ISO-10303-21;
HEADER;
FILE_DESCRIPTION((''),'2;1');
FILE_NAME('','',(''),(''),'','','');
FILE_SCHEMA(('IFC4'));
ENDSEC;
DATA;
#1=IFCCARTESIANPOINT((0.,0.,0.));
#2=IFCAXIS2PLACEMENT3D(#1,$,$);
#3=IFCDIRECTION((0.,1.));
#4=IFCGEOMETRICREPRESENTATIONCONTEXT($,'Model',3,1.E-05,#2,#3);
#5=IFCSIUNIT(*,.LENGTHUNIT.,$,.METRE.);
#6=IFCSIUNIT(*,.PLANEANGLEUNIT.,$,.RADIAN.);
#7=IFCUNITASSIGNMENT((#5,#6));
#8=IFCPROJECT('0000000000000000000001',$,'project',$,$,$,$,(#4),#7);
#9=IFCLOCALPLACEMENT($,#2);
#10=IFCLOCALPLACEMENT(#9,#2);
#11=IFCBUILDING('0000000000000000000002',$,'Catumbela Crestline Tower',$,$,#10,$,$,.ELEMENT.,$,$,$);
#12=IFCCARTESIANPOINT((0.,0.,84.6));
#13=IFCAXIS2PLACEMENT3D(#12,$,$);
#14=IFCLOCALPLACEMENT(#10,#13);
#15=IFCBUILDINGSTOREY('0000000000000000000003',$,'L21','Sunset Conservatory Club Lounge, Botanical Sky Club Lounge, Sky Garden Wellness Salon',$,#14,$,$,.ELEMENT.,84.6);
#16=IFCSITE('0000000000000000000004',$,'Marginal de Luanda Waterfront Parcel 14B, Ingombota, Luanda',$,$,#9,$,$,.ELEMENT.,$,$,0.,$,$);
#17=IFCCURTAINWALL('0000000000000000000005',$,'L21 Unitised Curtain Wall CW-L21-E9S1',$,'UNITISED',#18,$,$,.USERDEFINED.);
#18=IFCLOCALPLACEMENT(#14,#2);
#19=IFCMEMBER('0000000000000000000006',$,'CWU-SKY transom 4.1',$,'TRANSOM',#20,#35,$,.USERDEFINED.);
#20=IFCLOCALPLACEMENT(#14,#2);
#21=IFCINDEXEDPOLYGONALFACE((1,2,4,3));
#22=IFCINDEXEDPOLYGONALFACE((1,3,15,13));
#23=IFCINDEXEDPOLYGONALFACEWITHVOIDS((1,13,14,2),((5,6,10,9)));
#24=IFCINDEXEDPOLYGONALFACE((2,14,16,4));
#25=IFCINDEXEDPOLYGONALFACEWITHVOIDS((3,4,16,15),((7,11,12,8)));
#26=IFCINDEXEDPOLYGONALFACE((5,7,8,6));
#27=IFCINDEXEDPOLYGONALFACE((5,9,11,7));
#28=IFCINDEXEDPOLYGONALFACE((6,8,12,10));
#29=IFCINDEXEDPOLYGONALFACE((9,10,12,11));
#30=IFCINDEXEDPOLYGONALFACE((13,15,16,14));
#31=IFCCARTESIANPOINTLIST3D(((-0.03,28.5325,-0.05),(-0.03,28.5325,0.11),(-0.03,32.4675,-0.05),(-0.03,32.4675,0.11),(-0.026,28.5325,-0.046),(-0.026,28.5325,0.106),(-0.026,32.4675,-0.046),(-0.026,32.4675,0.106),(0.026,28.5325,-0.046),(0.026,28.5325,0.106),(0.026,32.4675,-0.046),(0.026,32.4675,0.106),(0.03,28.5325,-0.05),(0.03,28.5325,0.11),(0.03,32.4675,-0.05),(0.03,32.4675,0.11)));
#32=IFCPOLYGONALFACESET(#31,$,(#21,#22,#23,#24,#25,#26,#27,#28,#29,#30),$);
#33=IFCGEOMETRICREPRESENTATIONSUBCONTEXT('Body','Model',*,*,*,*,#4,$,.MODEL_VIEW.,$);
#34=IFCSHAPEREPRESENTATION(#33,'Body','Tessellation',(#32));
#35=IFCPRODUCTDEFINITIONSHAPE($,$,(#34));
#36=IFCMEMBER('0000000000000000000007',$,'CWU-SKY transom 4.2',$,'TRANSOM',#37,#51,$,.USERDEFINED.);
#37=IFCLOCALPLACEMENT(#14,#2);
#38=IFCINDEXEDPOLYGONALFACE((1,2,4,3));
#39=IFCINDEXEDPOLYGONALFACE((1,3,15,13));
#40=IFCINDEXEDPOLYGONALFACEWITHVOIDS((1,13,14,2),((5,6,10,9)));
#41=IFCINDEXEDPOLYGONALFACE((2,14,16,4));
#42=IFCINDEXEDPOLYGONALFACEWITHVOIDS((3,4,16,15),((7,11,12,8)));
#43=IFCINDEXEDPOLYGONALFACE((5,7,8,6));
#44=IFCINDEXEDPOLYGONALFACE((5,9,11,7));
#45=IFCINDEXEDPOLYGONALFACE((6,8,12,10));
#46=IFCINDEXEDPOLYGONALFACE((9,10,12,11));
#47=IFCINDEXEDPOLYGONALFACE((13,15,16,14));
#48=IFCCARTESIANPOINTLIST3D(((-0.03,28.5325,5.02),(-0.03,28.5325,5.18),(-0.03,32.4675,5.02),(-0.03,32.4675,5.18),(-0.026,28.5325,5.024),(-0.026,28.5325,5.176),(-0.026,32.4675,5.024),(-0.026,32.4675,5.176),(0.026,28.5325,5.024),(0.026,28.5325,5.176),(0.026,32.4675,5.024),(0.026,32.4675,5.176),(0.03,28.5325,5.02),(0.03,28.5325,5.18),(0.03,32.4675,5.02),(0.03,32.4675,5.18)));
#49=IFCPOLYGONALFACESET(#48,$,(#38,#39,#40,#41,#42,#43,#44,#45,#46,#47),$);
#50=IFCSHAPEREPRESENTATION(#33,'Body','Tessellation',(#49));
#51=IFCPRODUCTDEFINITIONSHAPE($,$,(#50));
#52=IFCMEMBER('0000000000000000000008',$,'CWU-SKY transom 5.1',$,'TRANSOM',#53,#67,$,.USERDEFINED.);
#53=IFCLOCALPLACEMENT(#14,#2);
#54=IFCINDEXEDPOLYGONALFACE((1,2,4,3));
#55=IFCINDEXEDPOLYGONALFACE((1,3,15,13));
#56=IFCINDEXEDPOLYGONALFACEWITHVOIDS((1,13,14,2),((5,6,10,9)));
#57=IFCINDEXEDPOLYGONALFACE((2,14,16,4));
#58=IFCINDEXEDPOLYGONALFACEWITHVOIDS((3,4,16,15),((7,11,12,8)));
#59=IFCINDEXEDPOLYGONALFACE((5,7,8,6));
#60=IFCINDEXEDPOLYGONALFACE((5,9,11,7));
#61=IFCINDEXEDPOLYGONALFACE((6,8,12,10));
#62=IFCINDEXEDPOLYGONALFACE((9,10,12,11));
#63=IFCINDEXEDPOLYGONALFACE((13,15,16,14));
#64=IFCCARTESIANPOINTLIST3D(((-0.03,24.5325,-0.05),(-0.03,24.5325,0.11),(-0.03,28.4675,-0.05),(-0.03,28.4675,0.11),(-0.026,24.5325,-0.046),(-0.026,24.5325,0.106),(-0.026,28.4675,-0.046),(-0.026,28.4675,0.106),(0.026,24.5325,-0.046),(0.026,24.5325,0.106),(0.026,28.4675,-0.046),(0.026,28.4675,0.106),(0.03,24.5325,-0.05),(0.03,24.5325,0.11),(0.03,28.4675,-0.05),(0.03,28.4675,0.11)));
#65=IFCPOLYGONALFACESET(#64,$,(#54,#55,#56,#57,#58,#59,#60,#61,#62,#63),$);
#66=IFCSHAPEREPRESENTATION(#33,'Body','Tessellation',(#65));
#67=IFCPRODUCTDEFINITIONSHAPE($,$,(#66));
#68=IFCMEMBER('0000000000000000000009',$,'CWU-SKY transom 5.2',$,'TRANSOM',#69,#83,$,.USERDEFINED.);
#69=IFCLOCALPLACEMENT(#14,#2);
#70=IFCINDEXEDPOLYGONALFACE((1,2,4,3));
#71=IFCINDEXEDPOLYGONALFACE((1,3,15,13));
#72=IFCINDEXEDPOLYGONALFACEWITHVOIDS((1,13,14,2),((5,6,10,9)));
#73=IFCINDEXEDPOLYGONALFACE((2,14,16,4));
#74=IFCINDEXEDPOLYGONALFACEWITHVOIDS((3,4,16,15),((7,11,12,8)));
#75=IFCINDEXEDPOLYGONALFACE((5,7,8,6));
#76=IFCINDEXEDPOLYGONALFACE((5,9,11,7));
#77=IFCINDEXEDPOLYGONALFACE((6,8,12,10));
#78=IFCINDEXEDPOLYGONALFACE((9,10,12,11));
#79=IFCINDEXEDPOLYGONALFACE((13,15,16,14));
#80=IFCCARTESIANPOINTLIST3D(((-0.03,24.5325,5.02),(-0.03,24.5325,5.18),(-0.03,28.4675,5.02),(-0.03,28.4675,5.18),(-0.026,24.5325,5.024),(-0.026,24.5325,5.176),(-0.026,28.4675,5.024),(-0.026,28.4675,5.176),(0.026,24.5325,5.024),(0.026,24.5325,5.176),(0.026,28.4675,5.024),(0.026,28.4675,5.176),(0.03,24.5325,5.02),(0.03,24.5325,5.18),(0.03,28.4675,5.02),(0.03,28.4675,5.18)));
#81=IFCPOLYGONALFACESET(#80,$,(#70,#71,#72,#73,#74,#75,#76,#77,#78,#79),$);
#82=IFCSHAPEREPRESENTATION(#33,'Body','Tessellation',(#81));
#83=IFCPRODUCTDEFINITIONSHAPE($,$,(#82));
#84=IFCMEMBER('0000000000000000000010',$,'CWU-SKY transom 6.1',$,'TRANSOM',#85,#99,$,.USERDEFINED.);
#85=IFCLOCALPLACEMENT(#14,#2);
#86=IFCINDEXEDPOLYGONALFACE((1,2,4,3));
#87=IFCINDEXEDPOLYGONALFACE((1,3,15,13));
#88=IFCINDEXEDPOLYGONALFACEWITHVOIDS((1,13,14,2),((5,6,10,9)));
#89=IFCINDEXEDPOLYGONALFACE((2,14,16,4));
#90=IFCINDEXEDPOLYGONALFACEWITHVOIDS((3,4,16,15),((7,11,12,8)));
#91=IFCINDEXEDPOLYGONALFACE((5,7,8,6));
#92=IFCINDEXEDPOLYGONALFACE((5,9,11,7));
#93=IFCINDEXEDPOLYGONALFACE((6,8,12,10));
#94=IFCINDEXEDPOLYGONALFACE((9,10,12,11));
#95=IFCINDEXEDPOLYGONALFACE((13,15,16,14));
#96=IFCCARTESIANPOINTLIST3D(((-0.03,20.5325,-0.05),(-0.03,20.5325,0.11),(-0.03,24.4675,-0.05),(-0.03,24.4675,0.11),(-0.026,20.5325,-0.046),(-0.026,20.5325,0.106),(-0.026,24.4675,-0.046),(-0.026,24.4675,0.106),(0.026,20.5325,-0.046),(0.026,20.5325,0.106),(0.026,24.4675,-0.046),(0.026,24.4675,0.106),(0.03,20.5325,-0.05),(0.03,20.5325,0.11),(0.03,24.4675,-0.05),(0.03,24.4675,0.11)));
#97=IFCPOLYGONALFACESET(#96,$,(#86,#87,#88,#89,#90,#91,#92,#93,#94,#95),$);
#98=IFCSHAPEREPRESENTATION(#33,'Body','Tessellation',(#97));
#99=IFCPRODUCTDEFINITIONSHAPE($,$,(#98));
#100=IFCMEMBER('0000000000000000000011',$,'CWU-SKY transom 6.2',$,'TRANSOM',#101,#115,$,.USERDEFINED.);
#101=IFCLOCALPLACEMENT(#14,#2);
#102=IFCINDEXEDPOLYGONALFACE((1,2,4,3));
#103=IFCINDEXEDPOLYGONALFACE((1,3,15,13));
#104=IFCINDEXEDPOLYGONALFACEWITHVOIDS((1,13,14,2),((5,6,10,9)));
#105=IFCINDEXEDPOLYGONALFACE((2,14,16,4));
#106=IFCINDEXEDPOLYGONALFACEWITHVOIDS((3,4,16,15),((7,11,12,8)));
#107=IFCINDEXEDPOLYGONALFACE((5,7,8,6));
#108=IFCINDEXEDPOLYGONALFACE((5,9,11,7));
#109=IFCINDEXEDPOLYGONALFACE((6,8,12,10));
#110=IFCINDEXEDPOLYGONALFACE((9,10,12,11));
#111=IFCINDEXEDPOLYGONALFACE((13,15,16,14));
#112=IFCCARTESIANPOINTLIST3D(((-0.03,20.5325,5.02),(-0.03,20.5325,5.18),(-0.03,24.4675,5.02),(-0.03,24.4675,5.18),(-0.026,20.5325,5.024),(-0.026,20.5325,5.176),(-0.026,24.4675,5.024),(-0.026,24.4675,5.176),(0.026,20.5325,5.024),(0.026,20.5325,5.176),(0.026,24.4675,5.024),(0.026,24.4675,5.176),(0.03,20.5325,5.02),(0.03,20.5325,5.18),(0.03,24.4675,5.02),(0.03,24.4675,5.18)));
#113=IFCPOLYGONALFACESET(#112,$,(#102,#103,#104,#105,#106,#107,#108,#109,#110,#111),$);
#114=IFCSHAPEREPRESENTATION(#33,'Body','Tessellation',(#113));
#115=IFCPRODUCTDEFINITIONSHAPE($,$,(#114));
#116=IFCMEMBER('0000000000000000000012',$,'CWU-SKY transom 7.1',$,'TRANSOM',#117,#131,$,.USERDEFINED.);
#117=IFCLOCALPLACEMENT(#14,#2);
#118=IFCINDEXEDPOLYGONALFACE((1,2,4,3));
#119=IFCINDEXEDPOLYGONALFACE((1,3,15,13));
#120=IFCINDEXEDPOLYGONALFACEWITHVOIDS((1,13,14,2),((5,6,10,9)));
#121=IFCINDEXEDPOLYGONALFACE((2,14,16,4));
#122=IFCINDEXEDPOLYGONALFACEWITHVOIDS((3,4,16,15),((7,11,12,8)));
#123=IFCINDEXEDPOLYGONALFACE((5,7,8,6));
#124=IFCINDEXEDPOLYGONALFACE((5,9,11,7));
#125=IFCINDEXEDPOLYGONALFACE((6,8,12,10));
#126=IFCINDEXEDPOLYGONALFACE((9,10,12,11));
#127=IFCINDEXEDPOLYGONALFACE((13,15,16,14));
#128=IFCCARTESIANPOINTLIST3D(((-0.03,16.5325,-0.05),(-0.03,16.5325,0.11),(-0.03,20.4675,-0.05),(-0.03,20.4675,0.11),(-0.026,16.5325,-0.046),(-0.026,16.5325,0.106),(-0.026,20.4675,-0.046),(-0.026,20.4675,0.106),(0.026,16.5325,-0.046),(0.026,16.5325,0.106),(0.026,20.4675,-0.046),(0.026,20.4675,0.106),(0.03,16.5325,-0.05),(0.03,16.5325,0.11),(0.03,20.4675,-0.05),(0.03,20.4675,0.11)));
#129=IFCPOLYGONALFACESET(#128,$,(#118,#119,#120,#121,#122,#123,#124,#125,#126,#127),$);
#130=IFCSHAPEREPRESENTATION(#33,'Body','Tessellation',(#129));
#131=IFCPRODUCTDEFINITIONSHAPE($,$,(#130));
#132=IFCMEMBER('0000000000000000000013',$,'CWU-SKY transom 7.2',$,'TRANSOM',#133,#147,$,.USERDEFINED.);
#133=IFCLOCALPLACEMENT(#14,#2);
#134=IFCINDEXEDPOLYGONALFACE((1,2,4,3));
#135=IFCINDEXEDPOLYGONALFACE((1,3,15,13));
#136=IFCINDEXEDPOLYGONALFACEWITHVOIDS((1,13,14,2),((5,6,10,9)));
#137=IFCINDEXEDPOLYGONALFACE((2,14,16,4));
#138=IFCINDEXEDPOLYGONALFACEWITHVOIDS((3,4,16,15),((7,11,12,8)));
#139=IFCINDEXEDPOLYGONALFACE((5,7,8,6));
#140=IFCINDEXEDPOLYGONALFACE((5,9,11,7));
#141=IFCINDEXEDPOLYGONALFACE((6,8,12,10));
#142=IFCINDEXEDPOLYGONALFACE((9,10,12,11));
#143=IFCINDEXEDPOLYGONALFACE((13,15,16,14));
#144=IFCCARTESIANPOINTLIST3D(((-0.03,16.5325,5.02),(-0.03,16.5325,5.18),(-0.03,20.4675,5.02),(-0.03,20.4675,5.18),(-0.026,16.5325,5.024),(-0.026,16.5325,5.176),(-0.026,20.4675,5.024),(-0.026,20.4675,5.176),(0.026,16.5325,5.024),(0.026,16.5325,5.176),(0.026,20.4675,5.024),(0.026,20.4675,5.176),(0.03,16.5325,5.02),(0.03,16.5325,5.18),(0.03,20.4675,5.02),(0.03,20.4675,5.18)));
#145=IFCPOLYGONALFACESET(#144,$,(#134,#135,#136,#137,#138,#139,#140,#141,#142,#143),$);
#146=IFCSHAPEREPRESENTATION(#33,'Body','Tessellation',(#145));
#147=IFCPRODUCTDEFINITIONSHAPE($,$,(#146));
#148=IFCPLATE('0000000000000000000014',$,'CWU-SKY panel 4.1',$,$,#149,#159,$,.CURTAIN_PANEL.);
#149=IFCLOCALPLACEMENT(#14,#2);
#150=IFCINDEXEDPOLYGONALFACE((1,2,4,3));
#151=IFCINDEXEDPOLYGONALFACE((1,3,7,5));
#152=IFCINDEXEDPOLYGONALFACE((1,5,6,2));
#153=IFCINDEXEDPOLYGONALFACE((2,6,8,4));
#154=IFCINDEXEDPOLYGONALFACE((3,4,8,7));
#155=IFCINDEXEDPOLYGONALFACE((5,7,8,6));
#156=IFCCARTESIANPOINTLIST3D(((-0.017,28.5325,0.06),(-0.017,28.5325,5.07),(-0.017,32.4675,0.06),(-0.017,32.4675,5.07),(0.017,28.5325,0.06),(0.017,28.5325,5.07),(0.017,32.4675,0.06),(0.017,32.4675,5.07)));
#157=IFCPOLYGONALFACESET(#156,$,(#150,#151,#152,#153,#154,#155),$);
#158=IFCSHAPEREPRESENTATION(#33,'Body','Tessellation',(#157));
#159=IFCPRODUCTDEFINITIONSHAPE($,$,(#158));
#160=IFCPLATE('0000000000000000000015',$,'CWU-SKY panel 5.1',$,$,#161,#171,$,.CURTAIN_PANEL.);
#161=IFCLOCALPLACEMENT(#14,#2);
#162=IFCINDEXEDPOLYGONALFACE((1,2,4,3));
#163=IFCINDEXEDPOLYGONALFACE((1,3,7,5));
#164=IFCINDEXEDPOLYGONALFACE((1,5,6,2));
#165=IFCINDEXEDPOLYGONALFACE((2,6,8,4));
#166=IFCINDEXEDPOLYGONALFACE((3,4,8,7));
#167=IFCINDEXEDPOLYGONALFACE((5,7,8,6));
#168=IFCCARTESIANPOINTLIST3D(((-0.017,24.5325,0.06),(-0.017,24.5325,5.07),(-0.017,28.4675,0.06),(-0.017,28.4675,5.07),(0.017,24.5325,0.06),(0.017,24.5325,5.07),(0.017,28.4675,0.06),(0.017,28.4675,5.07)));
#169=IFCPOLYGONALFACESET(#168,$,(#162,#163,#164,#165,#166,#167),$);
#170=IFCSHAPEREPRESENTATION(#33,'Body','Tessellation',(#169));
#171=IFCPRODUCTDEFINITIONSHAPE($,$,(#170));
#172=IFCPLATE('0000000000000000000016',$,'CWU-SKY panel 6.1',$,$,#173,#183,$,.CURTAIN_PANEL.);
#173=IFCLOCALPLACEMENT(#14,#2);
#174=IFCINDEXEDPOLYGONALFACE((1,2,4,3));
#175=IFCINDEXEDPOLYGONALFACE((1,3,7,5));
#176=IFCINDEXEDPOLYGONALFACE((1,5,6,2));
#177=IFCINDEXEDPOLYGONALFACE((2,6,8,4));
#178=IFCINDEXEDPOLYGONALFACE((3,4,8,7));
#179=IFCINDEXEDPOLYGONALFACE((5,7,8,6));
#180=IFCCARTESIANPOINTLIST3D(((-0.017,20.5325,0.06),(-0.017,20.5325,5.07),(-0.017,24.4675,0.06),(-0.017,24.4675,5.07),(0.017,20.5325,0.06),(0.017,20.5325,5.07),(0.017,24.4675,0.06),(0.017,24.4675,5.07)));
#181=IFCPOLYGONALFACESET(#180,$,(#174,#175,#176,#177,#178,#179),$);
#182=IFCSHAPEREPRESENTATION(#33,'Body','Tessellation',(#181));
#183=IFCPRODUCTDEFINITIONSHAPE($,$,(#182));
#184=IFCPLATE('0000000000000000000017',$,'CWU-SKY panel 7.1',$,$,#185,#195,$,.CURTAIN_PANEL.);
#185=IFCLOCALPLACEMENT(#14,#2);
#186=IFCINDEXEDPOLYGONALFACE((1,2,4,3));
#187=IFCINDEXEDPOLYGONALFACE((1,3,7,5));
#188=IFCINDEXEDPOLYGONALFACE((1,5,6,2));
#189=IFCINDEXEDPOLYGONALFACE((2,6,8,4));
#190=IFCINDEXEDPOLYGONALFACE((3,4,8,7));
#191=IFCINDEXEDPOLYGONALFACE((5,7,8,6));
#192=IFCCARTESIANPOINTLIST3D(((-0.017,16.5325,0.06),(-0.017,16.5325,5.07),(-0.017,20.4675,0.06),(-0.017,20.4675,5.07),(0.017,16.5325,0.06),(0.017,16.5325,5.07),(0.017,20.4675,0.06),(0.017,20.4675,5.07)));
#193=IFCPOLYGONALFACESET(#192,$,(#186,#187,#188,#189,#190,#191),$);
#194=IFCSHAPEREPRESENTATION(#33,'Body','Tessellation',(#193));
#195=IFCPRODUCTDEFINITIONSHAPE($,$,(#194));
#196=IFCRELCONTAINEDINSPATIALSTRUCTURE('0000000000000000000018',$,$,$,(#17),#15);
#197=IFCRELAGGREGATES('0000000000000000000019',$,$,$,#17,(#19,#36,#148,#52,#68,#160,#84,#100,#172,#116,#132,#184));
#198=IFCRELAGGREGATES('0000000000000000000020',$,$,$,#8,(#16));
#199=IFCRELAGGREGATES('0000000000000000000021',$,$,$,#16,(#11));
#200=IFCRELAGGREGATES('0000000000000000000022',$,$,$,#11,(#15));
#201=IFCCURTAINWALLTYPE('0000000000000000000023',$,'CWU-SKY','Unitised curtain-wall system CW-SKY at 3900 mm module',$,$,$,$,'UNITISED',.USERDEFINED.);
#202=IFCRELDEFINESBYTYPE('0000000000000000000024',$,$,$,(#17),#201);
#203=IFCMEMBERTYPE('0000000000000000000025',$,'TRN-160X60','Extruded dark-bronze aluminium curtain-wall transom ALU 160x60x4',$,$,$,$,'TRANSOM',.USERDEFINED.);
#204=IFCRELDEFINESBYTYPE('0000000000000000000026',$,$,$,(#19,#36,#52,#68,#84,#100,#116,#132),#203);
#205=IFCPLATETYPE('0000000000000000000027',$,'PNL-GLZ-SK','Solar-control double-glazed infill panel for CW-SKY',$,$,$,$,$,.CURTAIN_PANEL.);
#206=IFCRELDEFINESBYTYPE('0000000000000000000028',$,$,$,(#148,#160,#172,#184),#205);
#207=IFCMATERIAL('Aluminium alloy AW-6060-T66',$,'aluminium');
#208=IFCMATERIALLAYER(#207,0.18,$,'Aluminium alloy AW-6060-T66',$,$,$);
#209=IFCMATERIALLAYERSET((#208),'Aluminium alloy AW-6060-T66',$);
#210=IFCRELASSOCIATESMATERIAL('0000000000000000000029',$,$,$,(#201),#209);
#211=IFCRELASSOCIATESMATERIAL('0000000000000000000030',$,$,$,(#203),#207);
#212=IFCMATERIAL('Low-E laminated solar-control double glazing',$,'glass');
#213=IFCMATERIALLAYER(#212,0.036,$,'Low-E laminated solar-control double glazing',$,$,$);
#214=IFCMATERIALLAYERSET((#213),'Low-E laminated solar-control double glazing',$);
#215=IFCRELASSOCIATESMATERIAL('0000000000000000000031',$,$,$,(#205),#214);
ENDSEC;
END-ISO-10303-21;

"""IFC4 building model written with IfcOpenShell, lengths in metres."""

from ifc_helpers import new_model, si_unit, direction, frame, origin, origin_2d, place, context, subcontext, project, spatial, rectangle, hollow_rectangle, extrude, material, layer, layer_set, material_profile, profile_set, type_object, element, aggregate, save


model = new_model("IFC4")

# Units and contexts
model_context = context("Model", 3, precision=1e-05, world=origin(), true_north=direction((0.0, 1.0)))
body_context = subcontext(model_context, "Body", "Model", "MODEL_VIEW")
ifc_project = project(units=[si_unit("LENGTHUNIT", "METRE"), si_unit("PLANEANGLEUNIT", "RADIAN")], contexts=[model_context])

# Site, building, storey
site_placement = place(None, origin())
site = spatial("IfcSite", under=ifc_project, at=site_placement, Name="Marginal de Luanda Waterfront Parcel 14B, Ingombota, Luanda", CompositionType="ELEMENT", RefElevation=0.0)
building_placement = place(site_placement, origin())
building = spatial("IfcBuilding", under=site, at=building_placement, Name="Catumbela Crestline Tower", CompositionType="ELEMENT")
storey_placement = place(building_placement, frame((0.0, 0.0, 84.6)))
storey = spatial("IfcBuildingStorey", under=building, at=storey_placement, Name="L21", Description="Sunset Conservatory Club Lounge, Botanical Sky Club Lounge, Sky Garden Wellness Salon", CompositionType="ELEMENT", Elevation=84.6)

# Curtain wall
ifc_material_1 = material(Name="Aluminium alloy AW-6060-T66", Category="aluminium")
ifc_layer_1 = layer(ifc_material_1, 0.18, Name="Aluminium alloy AW-6060-T66")
ifc_layer_set_1 = layer_set([ifc_layer_1], Name="Aluminium alloy AW-6060-T66")
curtain_wall_type = type_object("IfcCurtainWallType", Name="CWU-SKY", Description="Unitised curtain-wall system CW-SKY at 3900 mm module", ElementType="UNITISED", PredefinedType="USERDEFINED", material=ifc_layer_set_1)
curtain_wall_placement = place(storey_placement, origin())
curtain_wall = element("IfcCurtainWall", 1, at=curtain_wall_placement, inside=storey, type_object=curtain_wall_type, Name="L21 Unitised Curtain Wall CW-L21-E9S1", ObjectType="UNITISED", PredefinedType="USERDEFINED")

# Members
ifc_material_profile_1 = material_profile(ifc_material_1, hollow_rectangle(XDim=0.06, YDim=0.16, WallThickness=0.004, at=origin_2d()), Name="ALU 160x60x4")
ifc_profile_set_1 = profile_set([ifc_material_profile_1], Name="Aluminium alloy AW-6060-T66")
member_type_1 = type_object("IfcMemberType", Name="TRN-160X60", Description="Extruded dark-bronze aluminium curtain-wall transom ALU 160x60x4", ElementType="TRANSOM", PredefinedType="USERDEFINED", material=ifc_profile_set_1)
member_1_placement = place(storey_placement, frame((0.0, 32.4675, 0.03), z_axis=(0.0, -1.0, 0.0), x_axis=(1.0, 0.0, 0.0)))
member_1 = element("IfcMember", 2, at=member_1_placement, type_object=member_type_1, Name="CWU-SKY transom 4.1", ObjectType="TRANSOM", PredefinedType="USERDEFINED", context=body_context, shape_type="SweptSolid", body=[
    extrude(hollow_rectangle(XDim=0.06, YDim=0.16, WallThickness=0.004, at=origin_2d()), origin(), (0.0, 0.0, 1.0), 3.935),
])
member_2_placement = place(storey_placement, frame((0.0, 32.4675, 5.1), z_axis=(0.0, -1.0, 0.0), x_axis=(1.0, 0.0, 0.0)))
member_2 = element("IfcMember", 3, at=member_2_placement, type_object=member_type_1, Name="CWU-SKY transom 4.2", ObjectType="TRANSOM", PredefinedType="USERDEFINED", context=body_context, shape_type="SweptSolid", body=[
    extrude(hollow_rectangle(XDim=0.06, YDim=0.16, WallThickness=0.004, at=origin_2d()), origin(), (0.0, 0.0, 1.0), 3.935),
])
member_3_placement = place(storey_placement, frame((0.0, 28.4675, 0.03), z_axis=(0.0, -1.0, 0.0), x_axis=(1.0, 0.0, 0.0)))
member_3 = element("IfcMember", 4, at=member_3_placement, type_object=member_type_1, Name="CWU-SKY transom 5.1", ObjectType="TRANSOM", PredefinedType="USERDEFINED", context=body_context, shape_type="SweptSolid", body=[
    extrude(hollow_rectangle(XDim=0.06, YDim=0.16, WallThickness=0.004, at=origin_2d()), origin(), (0.0, 0.0, 1.0), 3.935),
])
member_4_placement = place(storey_placement, frame((0.0, 28.4675, 5.1), z_axis=(0.0, -1.0, 0.0), x_axis=(1.0, 0.0, 0.0)))
member_4 = element("IfcMember", 5, at=member_4_placement, type_object=member_type_1, Name="CWU-SKY transom 5.2", ObjectType="TRANSOM", PredefinedType="USERDEFINED", context=body_context, shape_type="SweptSolid", body=[
    extrude(hollow_rectangle(XDim=0.06, YDim=0.16, WallThickness=0.004, at=origin_2d()), origin(), (0.0, 0.0, 1.0), 3.935),
])
member_5_placement = place(storey_placement, frame((0.0, 24.4675, 0.03), z_axis=(0.0, -1.0, 0.0), x_axis=(1.0, 0.0, 0.0)))
member_5 = element("IfcMember", 6, at=member_5_placement, type_object=member_type_1, Name="CWU-SKY transom 6.1", ObjectType="TRANSOM", PredefinedType="USERDEFINED", context=body_context, shape_type="SweptSolid", body=[
    extrude(hollow_rectangle(XDim=0.06, YDim=0.16, WallThickness=0.004, at=origin_2d()), origin(), (0.0, 0.0, 1.0), 3.935),
])
member_6_placement = place(storey_placement, frame((0.0, 24.4675, 5.1), z_axis=(0.0, -1.0, 0.0), x_axis=(1.0, 0.0, 0.0)))
member_6 = element("IfcMember", 7, at=member_6_placement, type_object=member_type_1, Name="CWU-SKY transom 6.2", ObjectType="TRANSOM", PredefinedType="USERDEFINED", context=body_context, shape_type="SweptSolid", body=[
    extrude(hollow_rectangle(XDim=0.06, YDim=0.16, WallThickness=0.004, at=origin_2d()), origin(), (0.0, 0.0, 1.0), 3.935),
])
member_7_placement = place(storey_placement, frame((0.0, 20.4675, 0.03), z_axis=(0.0, -1.0, 0.0), x_axis=(1.0, 0.0, 0.0)))
member_7 = element("IfcMember", 8, at=member_7_placement, type_object=member_type_1, Name="CWU-SKY transom 7.1", ObjectType="TRANSOM", PredefinedType="USERDEFINED", context=body_context, shape_type="SweptSolid", body=[
    extrude(hollow_rectangle(XDim=0.06, YDim=0.16, WallThickness=0.004, at=origin_2d()), origin(), (0.0, 0.0, 1.0), 3.935),
])
member_8_placement = place(storey_placement, frame((0.0, 20.4675, 5.1), z_axis=(0.0, -1.0, 0.0), x_axis=(1.0, 0.0, 0.0)))
member_8 = element("IfcMember", 9, at=member_8_placement, type_object=member_type_1, Name="CWU-SKY transom 7.2", ObjectType="TRANSOM", PredefinedType="USERDEFINED", context=body_context, shape_type="SweptSolid", body=[
    extrude(hollow_rectangle(XDim=0.06, YDim=0.16, WallThickness=0.004, at=origin_2d()), origin(), (0.0, 0.0, 1.0), 3.935),
])

# Plates
ifc_material_2 = material(Name="Low-E laminated solar-control double glazing", Category="glass")
ifc_layer_2 = layer(ifc_material_2, 0.036, Name="Low-E laminated solar-control double glazing")
ifc_layer_set_2 = layer_set([ifc_layer_2], Name="Low-E laminated solar-control double glazing")
plate_type = type_object("IfcPlateType", Name="PNL-GLZ-SK", Description="Solar-control double-glazed infill panel for CW-SKY", PredefinedType="CURTAIN_PANEL", material=ifc_layer_set_2)
plate_1_placement = place(storey_placement, frame((0.0, 30.5, 0.06), z_axis=(0.0, 0.0, 1.0), x_axis=(0.0, -1.0, 0.0)))
plate_1 = element("IfcPlate", 10, at=plate_1_placement, type_object=plate_type, Name="CWU-SKY panel 4.1", PredefinedType="CURTAIN_PANEL", context=body_context, shape_type="SweptSolid", body=[
    extrude(rectangle(XDim=3.935, YDim=0.034, at=origin_2d()), origin(), (0.0, 0.0, 1.0), 5.01),
])
plate_2_placement = place(storey_placement, frame((0.0, 26.5, 0.06), z_axis=(0.0, 0.0, 1.0), x_axis=(0.0, -1.0, 0.0)))
plate_2 = element("IfcPlate", 11, at=plate_2_placement, type_object=plate_type, Name="CWU-SKY panel 5.1", PredefinedType="CURTAIN_PANEL", context=body_context, shape_type="SweptSolid", body=[
    extrude(rectangle(XDim=3.935, YDim=0.034, at=origin_2d()), origin(), (0.0, 0.0, 1.0), 5.01),
])
plate_3_placement = place(storey_placement, frame((0.0, 22.5, 0.06), z_axis=(0.0, 0.0, 1.0), x_axis=(0.0, -1.0, 0.0)))
plate_3 = element("IfcPlate", 12, at=plate_3_placement, type_object=plate_type, Name="CWU-SKY panel 6.1", PredefinedType="CURTAIN_PANEL", context=body_context, shape_type="SweptSolid", body=[
    extrude(rectangle(XDim=3.935, YDim=0.034, at=origin_2d()), origin(), (0.0, 0.0, 1.0), 5.01),
])
plate_4_placement = place(storey_placement, frame((0.0, 18.5, 0.06), z_axis=(0.0, 0.0, 1.0), x_axis=(0.0, -1.0, 0.0)))
plate_4 = element("IfcPlate", 13, at=plate_4_placement, type_object=plate_type, Name="CWU-SKY panel 7.1", PredefinedType="CURTAIN_PANEL", context=body_context, shape_type="SweptSolid", body=[
    extrude(rectangle(XDim=3.935, YDim=0.034, at=origin_2d()), origin(), (0.0, 0.0, 1.0), 5.01),
])
aggregate(curtain_wall, [member_1, member_2, plate_1, member_3, member_4, plate_2, member_5, member_6, plate_3, member_7, member_8, plate_4])

save(model, "model.ifc")
